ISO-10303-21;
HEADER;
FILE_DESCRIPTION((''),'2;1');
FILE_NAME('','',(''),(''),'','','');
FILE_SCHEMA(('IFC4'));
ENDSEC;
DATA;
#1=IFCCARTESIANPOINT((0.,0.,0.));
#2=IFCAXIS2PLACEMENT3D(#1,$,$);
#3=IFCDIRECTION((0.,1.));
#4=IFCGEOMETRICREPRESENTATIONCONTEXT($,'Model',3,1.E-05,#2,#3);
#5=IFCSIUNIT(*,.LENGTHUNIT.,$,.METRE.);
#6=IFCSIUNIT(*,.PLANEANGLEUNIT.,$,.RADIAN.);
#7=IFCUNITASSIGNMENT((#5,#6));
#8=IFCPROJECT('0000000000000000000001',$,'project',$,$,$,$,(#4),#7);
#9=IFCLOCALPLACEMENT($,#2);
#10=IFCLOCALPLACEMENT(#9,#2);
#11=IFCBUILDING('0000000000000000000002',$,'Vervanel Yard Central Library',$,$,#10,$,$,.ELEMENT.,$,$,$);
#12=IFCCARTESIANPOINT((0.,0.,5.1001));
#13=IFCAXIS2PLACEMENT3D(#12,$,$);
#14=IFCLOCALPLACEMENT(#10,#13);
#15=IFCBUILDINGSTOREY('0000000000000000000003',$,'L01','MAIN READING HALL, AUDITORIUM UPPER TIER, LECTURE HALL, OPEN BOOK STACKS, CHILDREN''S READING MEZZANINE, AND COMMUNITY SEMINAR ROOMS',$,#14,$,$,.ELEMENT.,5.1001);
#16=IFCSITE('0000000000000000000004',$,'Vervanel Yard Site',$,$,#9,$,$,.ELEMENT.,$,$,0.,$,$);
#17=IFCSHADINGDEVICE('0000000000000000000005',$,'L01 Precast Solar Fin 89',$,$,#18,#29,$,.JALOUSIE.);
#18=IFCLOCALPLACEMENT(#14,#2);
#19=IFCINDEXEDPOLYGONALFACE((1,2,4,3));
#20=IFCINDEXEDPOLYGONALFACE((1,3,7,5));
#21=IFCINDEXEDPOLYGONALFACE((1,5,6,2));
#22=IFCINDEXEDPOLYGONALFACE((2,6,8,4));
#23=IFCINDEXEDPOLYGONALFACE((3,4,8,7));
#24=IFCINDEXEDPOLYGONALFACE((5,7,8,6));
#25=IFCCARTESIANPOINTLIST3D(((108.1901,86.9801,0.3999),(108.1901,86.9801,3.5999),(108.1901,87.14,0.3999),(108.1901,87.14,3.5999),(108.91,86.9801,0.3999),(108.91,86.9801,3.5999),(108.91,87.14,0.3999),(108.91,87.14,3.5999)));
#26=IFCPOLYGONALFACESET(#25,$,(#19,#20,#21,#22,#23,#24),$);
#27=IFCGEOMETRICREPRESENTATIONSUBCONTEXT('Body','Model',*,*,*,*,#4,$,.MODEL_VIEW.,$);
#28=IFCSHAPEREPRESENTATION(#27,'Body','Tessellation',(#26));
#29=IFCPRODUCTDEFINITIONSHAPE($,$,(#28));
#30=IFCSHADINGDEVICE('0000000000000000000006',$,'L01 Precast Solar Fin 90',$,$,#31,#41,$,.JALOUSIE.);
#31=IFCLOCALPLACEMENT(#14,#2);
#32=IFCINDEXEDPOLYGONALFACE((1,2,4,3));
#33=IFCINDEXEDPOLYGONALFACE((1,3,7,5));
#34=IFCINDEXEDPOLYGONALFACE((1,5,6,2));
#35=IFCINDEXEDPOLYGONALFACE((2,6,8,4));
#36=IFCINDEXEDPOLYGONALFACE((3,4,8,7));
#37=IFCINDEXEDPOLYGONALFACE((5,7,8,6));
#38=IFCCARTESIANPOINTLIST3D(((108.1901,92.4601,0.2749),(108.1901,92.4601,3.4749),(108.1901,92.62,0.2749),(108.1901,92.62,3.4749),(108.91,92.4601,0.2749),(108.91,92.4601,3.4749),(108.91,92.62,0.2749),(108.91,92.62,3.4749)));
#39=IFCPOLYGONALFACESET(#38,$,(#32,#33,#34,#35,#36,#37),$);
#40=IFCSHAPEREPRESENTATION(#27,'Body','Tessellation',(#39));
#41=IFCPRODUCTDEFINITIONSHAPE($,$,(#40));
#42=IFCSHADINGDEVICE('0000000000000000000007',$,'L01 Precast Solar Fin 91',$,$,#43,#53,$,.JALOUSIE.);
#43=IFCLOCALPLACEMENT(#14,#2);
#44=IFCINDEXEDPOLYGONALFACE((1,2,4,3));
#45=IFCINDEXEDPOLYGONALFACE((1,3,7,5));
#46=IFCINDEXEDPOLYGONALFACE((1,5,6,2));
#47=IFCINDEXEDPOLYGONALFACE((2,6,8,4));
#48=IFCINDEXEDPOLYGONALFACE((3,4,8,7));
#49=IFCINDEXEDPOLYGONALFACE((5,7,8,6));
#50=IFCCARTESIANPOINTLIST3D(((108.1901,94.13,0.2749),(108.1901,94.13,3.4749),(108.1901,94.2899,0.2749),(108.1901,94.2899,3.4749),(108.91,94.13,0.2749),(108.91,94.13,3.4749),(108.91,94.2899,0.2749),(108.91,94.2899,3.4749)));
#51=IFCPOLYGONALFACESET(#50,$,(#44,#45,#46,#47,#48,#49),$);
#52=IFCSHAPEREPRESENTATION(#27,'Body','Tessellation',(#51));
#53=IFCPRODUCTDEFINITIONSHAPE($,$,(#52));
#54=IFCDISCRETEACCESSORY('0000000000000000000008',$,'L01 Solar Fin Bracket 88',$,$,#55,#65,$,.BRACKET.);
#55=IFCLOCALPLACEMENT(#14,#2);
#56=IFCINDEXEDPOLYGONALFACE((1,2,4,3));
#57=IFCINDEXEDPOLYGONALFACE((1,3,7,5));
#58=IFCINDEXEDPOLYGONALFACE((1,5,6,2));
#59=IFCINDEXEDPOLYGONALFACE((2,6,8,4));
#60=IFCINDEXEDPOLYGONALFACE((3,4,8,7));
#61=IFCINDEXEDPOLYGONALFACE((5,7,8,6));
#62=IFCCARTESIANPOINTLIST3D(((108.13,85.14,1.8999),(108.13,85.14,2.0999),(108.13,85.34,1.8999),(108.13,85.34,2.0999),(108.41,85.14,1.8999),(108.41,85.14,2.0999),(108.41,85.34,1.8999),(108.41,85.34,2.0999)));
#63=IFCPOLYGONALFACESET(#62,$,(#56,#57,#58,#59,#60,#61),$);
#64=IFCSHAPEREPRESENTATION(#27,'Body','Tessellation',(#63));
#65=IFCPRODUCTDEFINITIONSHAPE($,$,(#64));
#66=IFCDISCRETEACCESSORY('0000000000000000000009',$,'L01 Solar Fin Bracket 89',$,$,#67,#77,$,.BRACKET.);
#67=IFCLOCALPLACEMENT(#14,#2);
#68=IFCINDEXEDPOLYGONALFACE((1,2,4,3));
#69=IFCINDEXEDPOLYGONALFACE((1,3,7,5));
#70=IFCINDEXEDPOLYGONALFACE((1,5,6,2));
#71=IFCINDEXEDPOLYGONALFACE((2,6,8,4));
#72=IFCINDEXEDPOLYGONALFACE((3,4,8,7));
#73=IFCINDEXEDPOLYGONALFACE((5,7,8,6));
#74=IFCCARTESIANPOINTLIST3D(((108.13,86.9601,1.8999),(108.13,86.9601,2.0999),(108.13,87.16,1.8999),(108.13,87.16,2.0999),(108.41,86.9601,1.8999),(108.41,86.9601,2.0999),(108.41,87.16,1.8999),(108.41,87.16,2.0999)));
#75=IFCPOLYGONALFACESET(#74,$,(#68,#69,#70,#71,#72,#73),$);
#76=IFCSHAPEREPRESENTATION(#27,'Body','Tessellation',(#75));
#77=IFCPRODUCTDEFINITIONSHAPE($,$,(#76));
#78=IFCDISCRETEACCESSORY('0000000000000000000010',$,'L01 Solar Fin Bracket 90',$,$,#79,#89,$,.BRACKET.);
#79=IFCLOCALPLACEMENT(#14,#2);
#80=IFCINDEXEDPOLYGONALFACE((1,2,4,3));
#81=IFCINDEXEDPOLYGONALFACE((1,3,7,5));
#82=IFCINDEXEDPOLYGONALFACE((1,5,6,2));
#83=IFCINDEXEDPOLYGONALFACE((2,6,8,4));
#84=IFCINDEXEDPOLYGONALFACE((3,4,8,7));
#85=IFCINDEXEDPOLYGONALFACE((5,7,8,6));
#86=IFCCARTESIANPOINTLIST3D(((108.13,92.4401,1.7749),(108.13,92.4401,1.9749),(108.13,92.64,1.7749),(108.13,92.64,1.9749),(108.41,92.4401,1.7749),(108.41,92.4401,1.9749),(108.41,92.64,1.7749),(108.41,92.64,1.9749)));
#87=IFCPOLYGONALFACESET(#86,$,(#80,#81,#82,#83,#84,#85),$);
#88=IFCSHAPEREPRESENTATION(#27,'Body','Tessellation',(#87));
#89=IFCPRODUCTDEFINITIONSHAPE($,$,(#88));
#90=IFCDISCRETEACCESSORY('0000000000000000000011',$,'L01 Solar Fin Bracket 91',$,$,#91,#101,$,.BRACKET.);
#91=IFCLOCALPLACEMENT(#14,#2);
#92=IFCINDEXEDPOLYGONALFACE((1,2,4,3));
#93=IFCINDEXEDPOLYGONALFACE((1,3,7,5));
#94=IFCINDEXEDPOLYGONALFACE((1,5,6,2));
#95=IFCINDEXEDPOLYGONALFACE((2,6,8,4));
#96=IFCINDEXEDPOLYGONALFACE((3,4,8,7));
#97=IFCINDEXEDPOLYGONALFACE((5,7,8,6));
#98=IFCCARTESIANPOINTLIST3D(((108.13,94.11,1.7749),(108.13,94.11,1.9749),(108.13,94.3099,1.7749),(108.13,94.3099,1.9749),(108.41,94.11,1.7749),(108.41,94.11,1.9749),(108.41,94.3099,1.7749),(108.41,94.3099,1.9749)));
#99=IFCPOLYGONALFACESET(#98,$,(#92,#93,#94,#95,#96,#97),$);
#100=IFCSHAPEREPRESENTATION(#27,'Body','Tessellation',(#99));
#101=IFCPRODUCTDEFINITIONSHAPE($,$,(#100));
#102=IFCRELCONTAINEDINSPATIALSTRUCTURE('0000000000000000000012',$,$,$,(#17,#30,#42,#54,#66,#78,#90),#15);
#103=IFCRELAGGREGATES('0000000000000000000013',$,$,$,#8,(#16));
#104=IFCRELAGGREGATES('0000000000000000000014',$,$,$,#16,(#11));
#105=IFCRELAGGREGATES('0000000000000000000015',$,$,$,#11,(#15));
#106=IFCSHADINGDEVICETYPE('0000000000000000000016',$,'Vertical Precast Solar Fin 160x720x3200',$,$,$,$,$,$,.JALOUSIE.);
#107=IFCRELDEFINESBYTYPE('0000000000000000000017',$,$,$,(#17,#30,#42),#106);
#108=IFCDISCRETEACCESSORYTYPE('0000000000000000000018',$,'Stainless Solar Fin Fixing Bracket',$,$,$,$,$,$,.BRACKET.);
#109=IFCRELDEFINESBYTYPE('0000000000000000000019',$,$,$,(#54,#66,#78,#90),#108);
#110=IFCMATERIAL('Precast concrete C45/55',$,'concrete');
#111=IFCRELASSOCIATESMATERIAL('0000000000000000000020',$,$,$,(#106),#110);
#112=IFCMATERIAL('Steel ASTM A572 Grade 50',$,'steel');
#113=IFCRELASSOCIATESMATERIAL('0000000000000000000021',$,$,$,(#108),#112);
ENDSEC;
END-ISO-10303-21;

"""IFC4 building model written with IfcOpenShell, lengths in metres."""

from ifc_helpers import new_model, si_unit, direction, frame, origin, origin_2d, place, context, subcontext, project, spatial, rectangle, extrude, material, type_object, element, save


model = new_model("IFC4")

# Units and contexts
model_context = context("Model", 3, precision=1e-05, world=origin(), true_north=direction((0.0, 1.0)))
body_context = subcontext(model_context, "Body", "Model", "MODEL_VIEW")
ifc_project = project(units=[si_unit("LENGTHUNIT", "METRE"), si_unit("PLANEANGLEUNIT", "RADIAN")], contexts=[model_context])

# Site, building, storey
site_placement = place(None, origin())
site = spatial("IfcSite", under=ifc_project, at=site_placement, Name="Vervanel Yard Site", CompositionType="ELEMENT", RefElevation=0.0)
building_placement = place(site_placement, origin())
building = spatial("IfcBuilding", under=site, at=building_placement, Name="Vervanel Yard Central Library", CompositionType="ELEMENT")
storey_placement = place(building_placement, frame((0.0, 0.0, 5.1001)))
storey = spatial("IfcBuildingStorey", under=building, at=storey_placement, Name="L01", Description="MAIN READING HALL, AUDITORIUM UPPER TIER, LECTURE HALL, OPEN BOOK STACKS, CHILDREN'S READING MEZZANINE, AND COMMUNITY SEMINAR ROOMS", CompositionType="ELEMENT", Elevation=5.1001)

# Shading devices
ifc_material_1 = material(Name="Precast concrete C45/55", Category="concrete")
shading_device_type = type_object("IfcShadingDeviceType", Name="Vertical Precast Solar Fin 160x720x3200", PredefinedType="JALOUSIE", material=ifc_material_1)
for number, where, z_axis, x_axis, name in (
    (1, (108.55, 87.0601, 0.3999), (0.0, 0.0, 1.0), (0.0, 1.0, 0.0), "L01 Precast Solar Fin 89"),
    (2, (108.55, 92.54, 0.2749), (0.0, 0.0, 1.0), (0.0, 1.0, 0.0), "L01 Precast Solar Fin 90"),
    (3, (108.55, 94.21, 0.2749), (0.0, 0.0, 1.0), (0.0, 1.0, 0.0), "L01 Precast Solar Fin 91"),
):
    element("IfcShadingDevice", number, at=place(storey_placement, frame(where, z_axis=z_axis, x_axis=x_axis)), inside=storey, type_object=shading_device_type, Name=name, PredefinedType="JALOUSIE", context=body_context, shape_type="SweptSolid", body=[
        extrude(rectangle(XDim=0.1599, YDim=0.72, at=origin_2d()), origin(), (0.0, 0.0, 1.0), 3.2),
    ])

# Discrete accessories
ifc_material_2 = material(Name="Steel ASTM A572 Grade 50", Category="steel")
discrete_accessory_type = type_object("IfcDiscreteAccessoryType", Name="Stainless Solar Fin Fixing Bracket", PredefinedType="BRACKET", material=ifc_material_2)
for number, where, z_axis, x_axis, name in (
    (4, (108.27, 85.24, 1.8999), (0.0, 0.0, 1.0), (0.0, 1.0, 0.0), "L01 Solar Fin Bracket 88"),
    (5, (108.27, 87.0601, 1.8999), (0.0, 0.0, 1.0), (0.0, 1.0, 0.0), "L01 Solar Fin Bracket 89"),
    (6, (108.27, 92.54, 1.7749), (0.0, 0.0, 1.0), (0.0, 1.0, 0.0), "L01 Solar Fin Bracket 90"),
    (7, (108.27, 94.21, 1.7749), (0.0, 0.0, 1.0), (0.0, 1.0, 0.0), "L01 Solar Fin Bracket 91"),
):
    element("IfcDiscreteAccessory", number, at=place(storey_placement, frame(where, z_axis=z_axis, x_axis=x_axis)), inside=storey, type_object=discrete_accessory_type, Name=name, PredefinedType="BRACKET", context=body_context, shape_type="SweptSolid", body=[
        extrude(rectangle(XDim=0.2, YDim=0.28, at=origin_2d()), origin(), (0.0, 0.0, 1.0), 0.2),
    ])

save(model, "model.ifc")
